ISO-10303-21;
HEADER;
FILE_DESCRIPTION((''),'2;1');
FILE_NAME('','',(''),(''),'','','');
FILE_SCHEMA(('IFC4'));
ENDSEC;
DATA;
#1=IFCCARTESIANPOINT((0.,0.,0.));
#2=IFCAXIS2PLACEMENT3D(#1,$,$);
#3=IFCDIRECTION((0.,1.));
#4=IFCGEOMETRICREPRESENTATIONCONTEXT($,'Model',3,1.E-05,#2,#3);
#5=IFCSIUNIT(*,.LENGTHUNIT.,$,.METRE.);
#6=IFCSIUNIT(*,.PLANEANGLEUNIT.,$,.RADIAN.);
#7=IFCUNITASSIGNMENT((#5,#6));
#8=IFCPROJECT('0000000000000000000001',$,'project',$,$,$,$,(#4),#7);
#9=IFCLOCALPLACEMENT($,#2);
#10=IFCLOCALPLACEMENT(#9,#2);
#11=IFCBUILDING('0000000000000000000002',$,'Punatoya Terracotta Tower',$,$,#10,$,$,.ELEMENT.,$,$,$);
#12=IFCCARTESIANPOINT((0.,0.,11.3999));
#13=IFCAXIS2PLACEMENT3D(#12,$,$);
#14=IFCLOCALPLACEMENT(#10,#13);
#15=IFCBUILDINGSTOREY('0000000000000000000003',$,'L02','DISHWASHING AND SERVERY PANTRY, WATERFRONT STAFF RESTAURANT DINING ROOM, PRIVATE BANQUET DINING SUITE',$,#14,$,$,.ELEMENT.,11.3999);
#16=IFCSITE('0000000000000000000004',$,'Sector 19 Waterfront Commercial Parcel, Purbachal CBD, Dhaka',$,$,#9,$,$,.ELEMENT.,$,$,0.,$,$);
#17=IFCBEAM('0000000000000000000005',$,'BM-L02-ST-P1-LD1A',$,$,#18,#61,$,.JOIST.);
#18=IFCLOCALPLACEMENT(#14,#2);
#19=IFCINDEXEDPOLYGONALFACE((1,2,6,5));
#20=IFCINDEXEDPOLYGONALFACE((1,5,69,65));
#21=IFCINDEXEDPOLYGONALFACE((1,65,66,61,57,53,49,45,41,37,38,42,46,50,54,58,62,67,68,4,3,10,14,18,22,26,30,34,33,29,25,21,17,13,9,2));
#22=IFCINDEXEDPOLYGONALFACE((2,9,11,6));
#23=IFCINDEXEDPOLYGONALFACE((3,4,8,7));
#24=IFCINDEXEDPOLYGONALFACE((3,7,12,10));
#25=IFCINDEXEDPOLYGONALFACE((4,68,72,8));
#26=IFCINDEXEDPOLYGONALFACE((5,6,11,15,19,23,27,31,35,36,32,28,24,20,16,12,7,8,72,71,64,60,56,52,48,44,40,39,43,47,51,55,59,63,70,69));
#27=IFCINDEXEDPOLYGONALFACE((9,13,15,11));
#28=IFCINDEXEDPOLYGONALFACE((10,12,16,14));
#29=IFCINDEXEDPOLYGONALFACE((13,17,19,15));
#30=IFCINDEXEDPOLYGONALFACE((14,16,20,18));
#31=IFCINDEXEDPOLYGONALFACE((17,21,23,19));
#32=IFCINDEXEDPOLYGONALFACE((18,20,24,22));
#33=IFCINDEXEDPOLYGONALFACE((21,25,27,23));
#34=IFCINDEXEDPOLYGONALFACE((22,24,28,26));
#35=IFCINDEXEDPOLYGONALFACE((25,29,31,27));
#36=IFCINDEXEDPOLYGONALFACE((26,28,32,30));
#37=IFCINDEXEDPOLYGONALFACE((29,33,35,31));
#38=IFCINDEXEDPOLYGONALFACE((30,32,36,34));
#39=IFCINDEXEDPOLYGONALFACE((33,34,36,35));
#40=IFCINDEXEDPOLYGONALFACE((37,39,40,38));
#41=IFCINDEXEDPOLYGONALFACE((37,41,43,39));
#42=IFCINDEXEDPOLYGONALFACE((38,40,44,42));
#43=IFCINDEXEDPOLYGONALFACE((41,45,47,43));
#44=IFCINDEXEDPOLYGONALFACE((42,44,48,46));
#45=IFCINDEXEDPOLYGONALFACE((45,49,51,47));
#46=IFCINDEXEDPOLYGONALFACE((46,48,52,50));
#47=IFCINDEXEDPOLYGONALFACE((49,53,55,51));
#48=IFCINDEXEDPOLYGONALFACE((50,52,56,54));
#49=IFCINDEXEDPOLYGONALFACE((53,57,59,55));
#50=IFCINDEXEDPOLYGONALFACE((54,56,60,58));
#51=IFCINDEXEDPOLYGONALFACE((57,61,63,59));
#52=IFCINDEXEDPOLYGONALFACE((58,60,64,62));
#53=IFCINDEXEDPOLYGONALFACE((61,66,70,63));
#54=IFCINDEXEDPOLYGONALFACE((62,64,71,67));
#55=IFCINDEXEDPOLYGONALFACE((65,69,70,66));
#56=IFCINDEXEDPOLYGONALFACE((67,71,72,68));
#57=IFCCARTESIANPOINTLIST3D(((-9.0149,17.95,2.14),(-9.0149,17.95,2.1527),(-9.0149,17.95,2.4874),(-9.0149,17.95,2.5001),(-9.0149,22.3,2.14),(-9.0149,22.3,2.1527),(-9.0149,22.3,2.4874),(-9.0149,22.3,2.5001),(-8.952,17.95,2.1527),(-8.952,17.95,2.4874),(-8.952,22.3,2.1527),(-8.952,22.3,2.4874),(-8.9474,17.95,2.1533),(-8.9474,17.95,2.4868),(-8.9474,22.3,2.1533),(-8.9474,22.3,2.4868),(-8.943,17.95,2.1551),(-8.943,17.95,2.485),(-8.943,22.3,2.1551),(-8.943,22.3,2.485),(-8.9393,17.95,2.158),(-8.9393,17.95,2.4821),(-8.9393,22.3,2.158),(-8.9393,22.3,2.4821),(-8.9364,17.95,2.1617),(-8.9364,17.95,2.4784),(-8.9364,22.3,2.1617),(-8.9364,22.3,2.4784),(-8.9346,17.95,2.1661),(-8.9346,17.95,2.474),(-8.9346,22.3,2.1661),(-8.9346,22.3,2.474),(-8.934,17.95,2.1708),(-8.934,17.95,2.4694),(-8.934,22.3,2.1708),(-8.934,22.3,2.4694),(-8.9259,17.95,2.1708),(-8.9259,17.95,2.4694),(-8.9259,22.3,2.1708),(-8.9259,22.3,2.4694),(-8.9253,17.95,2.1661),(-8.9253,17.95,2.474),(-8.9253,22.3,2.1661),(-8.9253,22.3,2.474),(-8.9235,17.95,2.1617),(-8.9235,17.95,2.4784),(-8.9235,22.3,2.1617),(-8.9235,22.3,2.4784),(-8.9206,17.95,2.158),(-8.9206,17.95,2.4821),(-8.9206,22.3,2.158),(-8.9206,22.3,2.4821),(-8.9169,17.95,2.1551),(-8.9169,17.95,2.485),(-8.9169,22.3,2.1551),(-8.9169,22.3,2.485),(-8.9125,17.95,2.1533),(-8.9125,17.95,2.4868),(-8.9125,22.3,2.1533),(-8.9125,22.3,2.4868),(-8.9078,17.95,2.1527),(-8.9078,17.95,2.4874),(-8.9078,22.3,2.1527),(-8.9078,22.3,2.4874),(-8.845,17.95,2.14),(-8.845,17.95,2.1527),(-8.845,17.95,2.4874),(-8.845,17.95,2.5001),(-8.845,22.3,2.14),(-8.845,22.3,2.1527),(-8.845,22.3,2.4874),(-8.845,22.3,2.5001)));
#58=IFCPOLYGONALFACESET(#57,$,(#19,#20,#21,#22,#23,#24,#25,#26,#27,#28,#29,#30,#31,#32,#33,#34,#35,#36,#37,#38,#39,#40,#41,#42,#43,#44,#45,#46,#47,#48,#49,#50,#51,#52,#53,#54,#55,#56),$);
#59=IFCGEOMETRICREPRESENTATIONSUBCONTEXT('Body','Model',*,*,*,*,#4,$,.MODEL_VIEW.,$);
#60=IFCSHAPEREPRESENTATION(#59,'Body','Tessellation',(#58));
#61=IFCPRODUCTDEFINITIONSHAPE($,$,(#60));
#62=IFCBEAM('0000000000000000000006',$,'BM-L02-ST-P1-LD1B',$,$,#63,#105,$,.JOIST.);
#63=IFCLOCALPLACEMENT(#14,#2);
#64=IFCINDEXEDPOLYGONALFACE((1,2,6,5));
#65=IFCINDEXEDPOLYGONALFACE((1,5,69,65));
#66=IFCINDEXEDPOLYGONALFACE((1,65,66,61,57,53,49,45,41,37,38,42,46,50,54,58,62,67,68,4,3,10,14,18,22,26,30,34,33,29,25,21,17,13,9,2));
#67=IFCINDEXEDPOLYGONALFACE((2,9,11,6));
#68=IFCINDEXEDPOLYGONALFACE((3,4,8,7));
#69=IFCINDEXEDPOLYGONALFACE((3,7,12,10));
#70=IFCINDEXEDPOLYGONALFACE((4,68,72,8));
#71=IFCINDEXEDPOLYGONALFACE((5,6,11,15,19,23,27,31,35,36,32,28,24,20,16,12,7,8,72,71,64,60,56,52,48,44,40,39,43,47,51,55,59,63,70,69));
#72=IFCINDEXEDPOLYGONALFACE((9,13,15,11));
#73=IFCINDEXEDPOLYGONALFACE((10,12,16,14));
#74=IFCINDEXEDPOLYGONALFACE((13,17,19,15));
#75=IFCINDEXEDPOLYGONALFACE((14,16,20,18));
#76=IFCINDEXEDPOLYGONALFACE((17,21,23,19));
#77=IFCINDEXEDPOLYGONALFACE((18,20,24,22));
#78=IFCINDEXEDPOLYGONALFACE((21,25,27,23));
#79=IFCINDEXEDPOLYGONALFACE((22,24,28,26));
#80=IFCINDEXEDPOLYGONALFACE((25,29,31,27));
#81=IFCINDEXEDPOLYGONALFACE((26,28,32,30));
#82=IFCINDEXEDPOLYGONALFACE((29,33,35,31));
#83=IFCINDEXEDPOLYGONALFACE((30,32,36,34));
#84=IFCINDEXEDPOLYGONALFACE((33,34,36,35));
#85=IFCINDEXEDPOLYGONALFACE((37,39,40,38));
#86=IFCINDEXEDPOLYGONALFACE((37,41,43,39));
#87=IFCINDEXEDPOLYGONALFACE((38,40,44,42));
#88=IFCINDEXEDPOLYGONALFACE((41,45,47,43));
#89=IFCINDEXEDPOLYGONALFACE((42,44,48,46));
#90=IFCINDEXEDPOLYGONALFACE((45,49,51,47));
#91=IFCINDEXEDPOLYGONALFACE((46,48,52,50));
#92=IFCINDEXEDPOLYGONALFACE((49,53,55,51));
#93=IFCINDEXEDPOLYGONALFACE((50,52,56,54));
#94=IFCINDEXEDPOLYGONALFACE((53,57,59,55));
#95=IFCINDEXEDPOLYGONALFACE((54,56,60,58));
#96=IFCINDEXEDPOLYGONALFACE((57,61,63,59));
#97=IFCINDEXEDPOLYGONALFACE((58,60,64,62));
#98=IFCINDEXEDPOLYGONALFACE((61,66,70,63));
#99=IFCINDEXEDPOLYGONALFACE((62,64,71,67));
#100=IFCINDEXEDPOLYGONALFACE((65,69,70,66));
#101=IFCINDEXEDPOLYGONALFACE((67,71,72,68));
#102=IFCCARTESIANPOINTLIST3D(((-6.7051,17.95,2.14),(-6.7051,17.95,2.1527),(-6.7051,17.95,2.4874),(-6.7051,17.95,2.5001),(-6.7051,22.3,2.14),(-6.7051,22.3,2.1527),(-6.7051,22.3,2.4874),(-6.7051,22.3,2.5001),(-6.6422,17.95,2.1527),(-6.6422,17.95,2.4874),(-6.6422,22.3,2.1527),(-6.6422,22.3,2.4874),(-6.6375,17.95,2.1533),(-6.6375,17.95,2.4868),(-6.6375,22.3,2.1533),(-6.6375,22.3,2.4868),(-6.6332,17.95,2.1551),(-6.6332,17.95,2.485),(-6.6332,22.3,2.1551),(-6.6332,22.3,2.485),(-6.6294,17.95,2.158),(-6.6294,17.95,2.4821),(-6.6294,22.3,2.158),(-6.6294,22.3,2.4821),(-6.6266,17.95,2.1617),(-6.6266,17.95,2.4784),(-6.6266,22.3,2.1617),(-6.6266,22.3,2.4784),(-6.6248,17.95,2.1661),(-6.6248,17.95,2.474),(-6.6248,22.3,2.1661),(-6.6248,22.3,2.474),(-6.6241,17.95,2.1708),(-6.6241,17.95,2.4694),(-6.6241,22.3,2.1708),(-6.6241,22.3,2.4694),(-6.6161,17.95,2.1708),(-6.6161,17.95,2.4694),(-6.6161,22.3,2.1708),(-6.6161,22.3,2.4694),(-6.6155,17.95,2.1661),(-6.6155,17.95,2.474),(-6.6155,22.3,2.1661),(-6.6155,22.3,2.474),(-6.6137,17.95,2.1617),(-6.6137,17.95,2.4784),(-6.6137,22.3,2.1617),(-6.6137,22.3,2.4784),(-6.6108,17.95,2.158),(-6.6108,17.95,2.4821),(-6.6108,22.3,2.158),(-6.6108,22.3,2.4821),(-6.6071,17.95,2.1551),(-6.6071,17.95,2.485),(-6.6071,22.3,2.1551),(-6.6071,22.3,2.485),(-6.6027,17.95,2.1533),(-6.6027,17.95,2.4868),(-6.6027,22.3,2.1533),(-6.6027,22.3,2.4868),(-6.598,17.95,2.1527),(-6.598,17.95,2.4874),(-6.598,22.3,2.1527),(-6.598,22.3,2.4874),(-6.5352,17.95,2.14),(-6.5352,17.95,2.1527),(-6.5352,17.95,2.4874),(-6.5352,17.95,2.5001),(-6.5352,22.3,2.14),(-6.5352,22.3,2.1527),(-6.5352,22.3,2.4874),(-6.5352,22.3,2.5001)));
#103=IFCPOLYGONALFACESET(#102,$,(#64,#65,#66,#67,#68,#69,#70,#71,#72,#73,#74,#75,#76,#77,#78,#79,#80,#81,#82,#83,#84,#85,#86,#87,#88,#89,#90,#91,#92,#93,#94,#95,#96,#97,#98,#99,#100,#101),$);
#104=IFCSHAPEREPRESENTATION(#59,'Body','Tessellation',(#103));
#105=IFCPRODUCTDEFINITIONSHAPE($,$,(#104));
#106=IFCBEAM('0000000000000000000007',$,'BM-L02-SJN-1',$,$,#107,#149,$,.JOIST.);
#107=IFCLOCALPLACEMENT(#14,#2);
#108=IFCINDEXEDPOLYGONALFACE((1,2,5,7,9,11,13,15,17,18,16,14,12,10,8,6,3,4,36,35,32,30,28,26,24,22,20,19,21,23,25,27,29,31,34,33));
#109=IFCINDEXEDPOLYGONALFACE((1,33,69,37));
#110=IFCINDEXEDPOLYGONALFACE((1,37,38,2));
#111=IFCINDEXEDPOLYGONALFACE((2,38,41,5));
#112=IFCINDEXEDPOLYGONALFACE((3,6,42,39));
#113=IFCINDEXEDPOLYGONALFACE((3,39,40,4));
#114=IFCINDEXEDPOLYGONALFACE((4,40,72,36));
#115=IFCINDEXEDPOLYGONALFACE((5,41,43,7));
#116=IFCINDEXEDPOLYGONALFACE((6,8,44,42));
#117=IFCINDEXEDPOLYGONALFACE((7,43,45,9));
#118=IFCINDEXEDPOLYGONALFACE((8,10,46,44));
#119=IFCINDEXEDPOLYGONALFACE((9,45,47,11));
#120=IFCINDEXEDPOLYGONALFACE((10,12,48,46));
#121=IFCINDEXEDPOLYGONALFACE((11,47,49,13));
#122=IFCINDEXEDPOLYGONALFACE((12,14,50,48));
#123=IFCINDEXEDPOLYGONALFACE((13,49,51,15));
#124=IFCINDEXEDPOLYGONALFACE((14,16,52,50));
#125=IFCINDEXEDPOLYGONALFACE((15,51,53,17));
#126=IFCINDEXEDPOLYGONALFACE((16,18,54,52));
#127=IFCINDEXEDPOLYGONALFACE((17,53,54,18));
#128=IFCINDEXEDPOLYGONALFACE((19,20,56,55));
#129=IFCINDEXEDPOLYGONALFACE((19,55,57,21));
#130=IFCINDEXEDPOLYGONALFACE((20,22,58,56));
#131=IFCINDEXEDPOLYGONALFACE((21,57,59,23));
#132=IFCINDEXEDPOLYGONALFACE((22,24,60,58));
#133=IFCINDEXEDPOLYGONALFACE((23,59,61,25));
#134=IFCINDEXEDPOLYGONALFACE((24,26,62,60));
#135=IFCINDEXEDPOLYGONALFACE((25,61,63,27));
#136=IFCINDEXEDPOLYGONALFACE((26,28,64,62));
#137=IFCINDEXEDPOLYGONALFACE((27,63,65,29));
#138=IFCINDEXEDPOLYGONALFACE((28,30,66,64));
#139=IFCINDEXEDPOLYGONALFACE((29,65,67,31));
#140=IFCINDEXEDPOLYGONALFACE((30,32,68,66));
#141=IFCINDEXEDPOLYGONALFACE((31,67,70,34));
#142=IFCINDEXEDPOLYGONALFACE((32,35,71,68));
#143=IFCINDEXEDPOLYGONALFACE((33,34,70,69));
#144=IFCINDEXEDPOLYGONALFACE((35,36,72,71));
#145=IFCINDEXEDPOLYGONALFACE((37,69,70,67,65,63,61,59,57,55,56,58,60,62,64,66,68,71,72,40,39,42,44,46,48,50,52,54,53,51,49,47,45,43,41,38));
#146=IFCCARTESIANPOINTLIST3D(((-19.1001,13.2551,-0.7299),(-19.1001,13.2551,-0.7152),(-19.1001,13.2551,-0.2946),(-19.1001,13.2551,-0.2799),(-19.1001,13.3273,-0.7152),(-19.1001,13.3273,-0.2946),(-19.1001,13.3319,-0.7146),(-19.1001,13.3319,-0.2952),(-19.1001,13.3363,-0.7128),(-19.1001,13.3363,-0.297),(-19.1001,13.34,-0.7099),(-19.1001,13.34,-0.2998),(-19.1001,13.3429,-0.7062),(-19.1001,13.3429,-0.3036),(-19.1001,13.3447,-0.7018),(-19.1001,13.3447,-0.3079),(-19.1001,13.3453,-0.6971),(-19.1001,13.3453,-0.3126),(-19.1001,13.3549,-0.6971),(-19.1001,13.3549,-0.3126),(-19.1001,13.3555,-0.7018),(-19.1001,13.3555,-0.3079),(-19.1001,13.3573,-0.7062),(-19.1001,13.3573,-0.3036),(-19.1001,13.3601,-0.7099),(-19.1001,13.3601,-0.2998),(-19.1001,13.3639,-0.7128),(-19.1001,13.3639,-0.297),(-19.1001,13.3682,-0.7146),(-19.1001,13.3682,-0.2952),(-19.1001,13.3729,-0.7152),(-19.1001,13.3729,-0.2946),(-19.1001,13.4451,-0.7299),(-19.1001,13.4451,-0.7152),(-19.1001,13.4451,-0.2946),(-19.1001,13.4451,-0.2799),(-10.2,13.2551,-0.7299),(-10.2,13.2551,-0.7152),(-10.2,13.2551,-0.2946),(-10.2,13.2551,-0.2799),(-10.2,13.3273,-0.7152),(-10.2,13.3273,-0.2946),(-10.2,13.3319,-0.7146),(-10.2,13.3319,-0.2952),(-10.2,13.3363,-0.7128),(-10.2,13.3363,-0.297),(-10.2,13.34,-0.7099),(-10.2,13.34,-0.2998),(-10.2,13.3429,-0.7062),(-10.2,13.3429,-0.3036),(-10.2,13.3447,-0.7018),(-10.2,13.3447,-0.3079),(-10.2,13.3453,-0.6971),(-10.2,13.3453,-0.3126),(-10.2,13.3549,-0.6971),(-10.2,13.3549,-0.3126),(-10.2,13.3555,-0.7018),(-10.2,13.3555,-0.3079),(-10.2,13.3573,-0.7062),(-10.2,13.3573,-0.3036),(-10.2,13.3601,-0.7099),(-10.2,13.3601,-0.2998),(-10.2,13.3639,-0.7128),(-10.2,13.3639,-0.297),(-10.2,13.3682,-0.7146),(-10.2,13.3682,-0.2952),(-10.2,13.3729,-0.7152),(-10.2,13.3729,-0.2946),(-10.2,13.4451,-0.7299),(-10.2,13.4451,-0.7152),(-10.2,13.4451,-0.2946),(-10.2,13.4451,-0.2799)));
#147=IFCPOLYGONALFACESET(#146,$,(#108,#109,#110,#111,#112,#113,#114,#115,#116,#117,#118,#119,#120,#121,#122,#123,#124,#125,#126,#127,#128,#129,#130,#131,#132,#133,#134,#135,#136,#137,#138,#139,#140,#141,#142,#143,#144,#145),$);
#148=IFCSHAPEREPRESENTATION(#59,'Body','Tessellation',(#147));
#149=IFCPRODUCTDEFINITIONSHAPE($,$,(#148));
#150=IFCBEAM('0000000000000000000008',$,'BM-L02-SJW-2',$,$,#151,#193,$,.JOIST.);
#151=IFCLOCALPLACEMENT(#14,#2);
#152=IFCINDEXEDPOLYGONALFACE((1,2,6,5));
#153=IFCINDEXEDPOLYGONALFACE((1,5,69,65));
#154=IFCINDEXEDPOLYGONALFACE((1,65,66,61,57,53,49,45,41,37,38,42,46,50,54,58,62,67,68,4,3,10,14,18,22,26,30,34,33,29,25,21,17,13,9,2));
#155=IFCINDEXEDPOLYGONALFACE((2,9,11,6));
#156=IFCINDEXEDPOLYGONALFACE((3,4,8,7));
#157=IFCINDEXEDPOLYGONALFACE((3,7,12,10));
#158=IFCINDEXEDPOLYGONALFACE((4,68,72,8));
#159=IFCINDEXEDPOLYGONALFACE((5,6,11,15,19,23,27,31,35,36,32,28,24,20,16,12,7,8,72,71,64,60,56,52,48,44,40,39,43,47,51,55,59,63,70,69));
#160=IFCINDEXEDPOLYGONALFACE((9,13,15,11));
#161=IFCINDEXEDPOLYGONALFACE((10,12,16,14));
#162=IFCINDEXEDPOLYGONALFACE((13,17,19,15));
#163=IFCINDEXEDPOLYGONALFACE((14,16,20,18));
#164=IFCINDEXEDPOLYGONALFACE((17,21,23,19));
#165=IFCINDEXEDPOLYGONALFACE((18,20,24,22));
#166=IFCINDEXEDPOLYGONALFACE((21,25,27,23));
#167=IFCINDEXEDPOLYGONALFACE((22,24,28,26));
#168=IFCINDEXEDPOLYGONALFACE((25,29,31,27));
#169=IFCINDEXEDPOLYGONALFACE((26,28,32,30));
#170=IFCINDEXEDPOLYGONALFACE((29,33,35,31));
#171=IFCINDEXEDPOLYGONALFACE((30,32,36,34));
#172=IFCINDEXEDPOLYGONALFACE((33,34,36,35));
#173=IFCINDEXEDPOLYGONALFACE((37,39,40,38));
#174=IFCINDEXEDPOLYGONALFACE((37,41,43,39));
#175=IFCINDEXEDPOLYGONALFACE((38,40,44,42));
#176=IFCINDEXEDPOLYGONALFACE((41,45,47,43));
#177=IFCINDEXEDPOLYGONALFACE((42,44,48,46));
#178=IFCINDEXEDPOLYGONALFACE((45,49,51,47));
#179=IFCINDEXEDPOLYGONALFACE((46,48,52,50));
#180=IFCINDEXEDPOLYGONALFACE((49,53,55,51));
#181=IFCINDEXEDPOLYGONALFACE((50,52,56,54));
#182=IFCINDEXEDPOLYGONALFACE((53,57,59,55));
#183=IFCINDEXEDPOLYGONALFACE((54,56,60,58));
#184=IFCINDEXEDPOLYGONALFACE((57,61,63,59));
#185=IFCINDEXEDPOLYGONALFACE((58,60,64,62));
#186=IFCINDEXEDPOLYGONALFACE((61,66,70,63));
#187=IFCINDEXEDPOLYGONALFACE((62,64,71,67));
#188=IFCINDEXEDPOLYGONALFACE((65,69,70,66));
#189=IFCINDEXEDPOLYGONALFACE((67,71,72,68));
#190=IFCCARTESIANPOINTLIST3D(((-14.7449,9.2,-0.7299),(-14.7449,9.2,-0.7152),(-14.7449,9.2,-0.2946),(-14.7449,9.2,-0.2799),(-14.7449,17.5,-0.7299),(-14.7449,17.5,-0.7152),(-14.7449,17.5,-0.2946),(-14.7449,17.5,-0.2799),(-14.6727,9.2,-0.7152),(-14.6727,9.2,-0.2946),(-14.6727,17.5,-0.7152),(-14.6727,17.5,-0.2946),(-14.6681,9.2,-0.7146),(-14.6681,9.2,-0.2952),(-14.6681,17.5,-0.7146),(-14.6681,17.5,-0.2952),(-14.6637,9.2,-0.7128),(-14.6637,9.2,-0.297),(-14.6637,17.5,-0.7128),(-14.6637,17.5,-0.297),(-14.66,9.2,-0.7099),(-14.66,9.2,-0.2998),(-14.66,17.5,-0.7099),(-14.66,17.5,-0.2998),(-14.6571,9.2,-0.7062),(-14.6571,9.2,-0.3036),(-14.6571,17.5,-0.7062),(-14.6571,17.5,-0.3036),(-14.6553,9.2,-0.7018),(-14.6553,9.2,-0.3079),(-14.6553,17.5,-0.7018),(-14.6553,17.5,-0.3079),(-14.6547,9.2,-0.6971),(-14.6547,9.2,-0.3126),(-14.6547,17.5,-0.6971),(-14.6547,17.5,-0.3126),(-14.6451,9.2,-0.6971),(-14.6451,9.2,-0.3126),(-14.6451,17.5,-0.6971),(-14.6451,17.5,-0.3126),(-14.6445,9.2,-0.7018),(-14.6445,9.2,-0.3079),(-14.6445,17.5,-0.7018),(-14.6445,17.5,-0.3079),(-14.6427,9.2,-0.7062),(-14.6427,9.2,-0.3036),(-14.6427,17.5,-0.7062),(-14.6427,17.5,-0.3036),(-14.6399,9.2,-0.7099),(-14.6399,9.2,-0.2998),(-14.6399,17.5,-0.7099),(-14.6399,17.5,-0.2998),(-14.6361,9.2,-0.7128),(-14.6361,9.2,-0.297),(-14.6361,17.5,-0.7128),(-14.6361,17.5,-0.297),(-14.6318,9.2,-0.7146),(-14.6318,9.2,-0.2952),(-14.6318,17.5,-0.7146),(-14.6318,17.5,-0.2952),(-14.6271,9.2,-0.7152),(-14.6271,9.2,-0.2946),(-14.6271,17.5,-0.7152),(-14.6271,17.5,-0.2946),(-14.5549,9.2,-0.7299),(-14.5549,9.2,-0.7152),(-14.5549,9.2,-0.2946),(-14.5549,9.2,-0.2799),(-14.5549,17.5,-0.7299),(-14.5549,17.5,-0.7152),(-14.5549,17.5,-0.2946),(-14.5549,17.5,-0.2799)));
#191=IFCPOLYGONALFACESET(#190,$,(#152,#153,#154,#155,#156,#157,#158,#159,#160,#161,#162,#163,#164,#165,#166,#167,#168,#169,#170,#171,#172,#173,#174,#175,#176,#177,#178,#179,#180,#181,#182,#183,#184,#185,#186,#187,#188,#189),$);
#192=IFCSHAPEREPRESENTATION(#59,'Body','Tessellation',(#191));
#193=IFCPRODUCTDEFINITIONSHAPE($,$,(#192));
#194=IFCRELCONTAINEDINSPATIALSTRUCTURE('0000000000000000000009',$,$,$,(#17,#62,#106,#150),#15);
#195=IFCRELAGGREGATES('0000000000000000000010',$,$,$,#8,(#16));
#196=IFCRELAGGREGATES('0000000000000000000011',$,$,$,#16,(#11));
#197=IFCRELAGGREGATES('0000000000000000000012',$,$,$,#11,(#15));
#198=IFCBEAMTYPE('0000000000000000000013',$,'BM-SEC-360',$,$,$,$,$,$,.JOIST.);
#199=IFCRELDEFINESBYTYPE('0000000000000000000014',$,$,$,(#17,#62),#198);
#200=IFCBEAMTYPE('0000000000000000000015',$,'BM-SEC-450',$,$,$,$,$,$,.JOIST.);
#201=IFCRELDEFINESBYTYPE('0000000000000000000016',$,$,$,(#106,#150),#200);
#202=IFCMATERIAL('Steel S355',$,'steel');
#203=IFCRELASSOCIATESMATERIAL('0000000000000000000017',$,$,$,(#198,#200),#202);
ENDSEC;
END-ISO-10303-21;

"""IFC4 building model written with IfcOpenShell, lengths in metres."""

from ifc_helpers import new_model, si_unit, direction, frame, origin, origin_2d, place, context, subcontext, project, spatial, i_section, extrude, material, material_profile, profile_set, type_object, element, save


model = new_model("IFC4")

# Units and contexts
model_context = context("Model", 3, precision=1e-05, world=origin(), true_north=direction((0.0, 1.0)))
body_context = subcontext(model_context, "Body", "Model", "MODEL_VIEW")
ifc_project = project(units=[si_unit("LENGTHUNIT", "METRE"), si_unit("PLANEANGLEUNIT", "RADIAN")], contexts=[model_context])

# Site, building, storey
site_placement = place(None, origin())
site = spatial("IfcSite", under=ifc_project, at=site_placement, Name="Sector 19 Waterfront Commercial Parcel, Purbachal CBD, Dhaka", CompositionType="ELEMENT", RefElevation=0.0)
building_placement = place(site_placement, origin())
building = spatial("IfcBuilding", under=site, at=building_placement, Name="Punatoya Terracotta Tower", CompositionType="ELEMENT")
storey_placement = place(building_placement, frame((0.0, 0.0, 11.3999)))
storey = spatial("IfcBuildingStorey", under=building, at=storey_placement, Name="L02", Description="DISHWASHING AND SERVERY PANTRY, WATERFRONT STAFF RESTAURANT DINING ROOM, PRIVATE BANQUET DINING SUITE", CompositionType="ELEMENT", Elevation=11.3999)

# Beams
ifc_material_1 = material(Name="Steel S355", Category="steel")
ifc_material_profile_1 = material_profile(ifc_material_1, i_section(OverallWidth=0.1699, OverallDepth=0.3601, WebThickness=0.0081, FlangeThickness=0.0127, FilletRadius=0.0181, at=origin_2d()))
ifc_profile_set_1 = profile_set([ifc_material_profile_1], Name="Steel S355")
beam_type_1 = type_object("IfcBeamType", Name="BM-SEC-360", PredefinedType="JOIST", material=ifc_profile_set_1)
for number, where, z_axis, x_axis, name in (
    (1, (-8.9299, 17.95, 2.3201), (0.0, 1.0, 0.0), (-1.0, 0.0, 0.0), "BM-L02-ST-P1-LD1A"),
    (2, (-6.6201, 17.95, 2.3201), (0.0, 1.0, 0.0), (-1.0, 0.0, 0.0), "BM-L02-ST-P1-LD1B"),
):
    element("IfcBeam", number, at=place(storey_placement, frame(where, z_axis=z_axis, x_axis=x_axis)), inside=storey, type_object=beam_type_1, Name=name, PredefinedType="JOIST", context=body_context, shape_type="SweptSolid", body=[
        extrude(i_section(OverallWidth=0.1699, OverallDepth=0.3601, WebThickness=0.0081, FlangeThickness=0.0127, FilletRadius=0.0181, at=origin_2d()), origin(), (0.0, 0.0, 1.0), 4.3501),
    ])
ifc_material_profile_2 = material_profile(ifc_material_1, i_section(OverallWidth=0.1899, OverallDepth=0.45, WebThickness=0.0095, FlangeThickness=0.0146, FilletRadius=0.0181, at=origin_2d()))
ifc_profile_set_2 = profile_set([ifc_material_profile_2], Name="Steel S355")
beam_type_2 = type_object("IfcBeamType", Name="BM-SEC-450", PredefinedType="JOIST", material=ifc_profile_set_2)
beam_1_placement = place(storey_placement, frame((-19.1001, 13.3501, -0.5049), z_axis=(1.0, 0.0, 0.0), x_axis=(0.0, 1.0, 0.0)))
element("IfcBeam", 3, at=beam_1_placement, inside=storey, type_object=beam_type_2, Name="BM-L02-SJN-1", PredefinedType="JOIST", context=body_context, shape_type="SweptSolid", body=[
    extrude(i_section(OverallWidth=0.1899, OverallDepth=0.45, WebThickness=0.0095, FlangeThickness=0.0146, FilletRadius=0.0181, at=origin_2d()), origin(), (0.0, 0.0, 1.0), 8.9001),
])
beam_2_placement = place(storey_placement, frame((-14.6499, 9.2, -0.5049), z_axis=(0.0, 1.0, 0.0), x_axis=(-1.0, 0.0, 0.0)))
element("IfcBeam", 4, at=beam_2_placement, inside=storey, type_object=beam_type_2, Name="BM-L02-SJW-2", PredefinedType="JOIST", context=body_context, shape_type="SweptSolid", body=[
    extrude(i_section(OverallWidth=0.1899, OverallDepth=0.45, WebThickness=0.0095, FlangeThickness=0.0146, FilletRadius=0.0181, at=origin_2d()), origin(), (0.0, 0.0, 1.0), 8.3),
])

save(model, "model.ifc")
